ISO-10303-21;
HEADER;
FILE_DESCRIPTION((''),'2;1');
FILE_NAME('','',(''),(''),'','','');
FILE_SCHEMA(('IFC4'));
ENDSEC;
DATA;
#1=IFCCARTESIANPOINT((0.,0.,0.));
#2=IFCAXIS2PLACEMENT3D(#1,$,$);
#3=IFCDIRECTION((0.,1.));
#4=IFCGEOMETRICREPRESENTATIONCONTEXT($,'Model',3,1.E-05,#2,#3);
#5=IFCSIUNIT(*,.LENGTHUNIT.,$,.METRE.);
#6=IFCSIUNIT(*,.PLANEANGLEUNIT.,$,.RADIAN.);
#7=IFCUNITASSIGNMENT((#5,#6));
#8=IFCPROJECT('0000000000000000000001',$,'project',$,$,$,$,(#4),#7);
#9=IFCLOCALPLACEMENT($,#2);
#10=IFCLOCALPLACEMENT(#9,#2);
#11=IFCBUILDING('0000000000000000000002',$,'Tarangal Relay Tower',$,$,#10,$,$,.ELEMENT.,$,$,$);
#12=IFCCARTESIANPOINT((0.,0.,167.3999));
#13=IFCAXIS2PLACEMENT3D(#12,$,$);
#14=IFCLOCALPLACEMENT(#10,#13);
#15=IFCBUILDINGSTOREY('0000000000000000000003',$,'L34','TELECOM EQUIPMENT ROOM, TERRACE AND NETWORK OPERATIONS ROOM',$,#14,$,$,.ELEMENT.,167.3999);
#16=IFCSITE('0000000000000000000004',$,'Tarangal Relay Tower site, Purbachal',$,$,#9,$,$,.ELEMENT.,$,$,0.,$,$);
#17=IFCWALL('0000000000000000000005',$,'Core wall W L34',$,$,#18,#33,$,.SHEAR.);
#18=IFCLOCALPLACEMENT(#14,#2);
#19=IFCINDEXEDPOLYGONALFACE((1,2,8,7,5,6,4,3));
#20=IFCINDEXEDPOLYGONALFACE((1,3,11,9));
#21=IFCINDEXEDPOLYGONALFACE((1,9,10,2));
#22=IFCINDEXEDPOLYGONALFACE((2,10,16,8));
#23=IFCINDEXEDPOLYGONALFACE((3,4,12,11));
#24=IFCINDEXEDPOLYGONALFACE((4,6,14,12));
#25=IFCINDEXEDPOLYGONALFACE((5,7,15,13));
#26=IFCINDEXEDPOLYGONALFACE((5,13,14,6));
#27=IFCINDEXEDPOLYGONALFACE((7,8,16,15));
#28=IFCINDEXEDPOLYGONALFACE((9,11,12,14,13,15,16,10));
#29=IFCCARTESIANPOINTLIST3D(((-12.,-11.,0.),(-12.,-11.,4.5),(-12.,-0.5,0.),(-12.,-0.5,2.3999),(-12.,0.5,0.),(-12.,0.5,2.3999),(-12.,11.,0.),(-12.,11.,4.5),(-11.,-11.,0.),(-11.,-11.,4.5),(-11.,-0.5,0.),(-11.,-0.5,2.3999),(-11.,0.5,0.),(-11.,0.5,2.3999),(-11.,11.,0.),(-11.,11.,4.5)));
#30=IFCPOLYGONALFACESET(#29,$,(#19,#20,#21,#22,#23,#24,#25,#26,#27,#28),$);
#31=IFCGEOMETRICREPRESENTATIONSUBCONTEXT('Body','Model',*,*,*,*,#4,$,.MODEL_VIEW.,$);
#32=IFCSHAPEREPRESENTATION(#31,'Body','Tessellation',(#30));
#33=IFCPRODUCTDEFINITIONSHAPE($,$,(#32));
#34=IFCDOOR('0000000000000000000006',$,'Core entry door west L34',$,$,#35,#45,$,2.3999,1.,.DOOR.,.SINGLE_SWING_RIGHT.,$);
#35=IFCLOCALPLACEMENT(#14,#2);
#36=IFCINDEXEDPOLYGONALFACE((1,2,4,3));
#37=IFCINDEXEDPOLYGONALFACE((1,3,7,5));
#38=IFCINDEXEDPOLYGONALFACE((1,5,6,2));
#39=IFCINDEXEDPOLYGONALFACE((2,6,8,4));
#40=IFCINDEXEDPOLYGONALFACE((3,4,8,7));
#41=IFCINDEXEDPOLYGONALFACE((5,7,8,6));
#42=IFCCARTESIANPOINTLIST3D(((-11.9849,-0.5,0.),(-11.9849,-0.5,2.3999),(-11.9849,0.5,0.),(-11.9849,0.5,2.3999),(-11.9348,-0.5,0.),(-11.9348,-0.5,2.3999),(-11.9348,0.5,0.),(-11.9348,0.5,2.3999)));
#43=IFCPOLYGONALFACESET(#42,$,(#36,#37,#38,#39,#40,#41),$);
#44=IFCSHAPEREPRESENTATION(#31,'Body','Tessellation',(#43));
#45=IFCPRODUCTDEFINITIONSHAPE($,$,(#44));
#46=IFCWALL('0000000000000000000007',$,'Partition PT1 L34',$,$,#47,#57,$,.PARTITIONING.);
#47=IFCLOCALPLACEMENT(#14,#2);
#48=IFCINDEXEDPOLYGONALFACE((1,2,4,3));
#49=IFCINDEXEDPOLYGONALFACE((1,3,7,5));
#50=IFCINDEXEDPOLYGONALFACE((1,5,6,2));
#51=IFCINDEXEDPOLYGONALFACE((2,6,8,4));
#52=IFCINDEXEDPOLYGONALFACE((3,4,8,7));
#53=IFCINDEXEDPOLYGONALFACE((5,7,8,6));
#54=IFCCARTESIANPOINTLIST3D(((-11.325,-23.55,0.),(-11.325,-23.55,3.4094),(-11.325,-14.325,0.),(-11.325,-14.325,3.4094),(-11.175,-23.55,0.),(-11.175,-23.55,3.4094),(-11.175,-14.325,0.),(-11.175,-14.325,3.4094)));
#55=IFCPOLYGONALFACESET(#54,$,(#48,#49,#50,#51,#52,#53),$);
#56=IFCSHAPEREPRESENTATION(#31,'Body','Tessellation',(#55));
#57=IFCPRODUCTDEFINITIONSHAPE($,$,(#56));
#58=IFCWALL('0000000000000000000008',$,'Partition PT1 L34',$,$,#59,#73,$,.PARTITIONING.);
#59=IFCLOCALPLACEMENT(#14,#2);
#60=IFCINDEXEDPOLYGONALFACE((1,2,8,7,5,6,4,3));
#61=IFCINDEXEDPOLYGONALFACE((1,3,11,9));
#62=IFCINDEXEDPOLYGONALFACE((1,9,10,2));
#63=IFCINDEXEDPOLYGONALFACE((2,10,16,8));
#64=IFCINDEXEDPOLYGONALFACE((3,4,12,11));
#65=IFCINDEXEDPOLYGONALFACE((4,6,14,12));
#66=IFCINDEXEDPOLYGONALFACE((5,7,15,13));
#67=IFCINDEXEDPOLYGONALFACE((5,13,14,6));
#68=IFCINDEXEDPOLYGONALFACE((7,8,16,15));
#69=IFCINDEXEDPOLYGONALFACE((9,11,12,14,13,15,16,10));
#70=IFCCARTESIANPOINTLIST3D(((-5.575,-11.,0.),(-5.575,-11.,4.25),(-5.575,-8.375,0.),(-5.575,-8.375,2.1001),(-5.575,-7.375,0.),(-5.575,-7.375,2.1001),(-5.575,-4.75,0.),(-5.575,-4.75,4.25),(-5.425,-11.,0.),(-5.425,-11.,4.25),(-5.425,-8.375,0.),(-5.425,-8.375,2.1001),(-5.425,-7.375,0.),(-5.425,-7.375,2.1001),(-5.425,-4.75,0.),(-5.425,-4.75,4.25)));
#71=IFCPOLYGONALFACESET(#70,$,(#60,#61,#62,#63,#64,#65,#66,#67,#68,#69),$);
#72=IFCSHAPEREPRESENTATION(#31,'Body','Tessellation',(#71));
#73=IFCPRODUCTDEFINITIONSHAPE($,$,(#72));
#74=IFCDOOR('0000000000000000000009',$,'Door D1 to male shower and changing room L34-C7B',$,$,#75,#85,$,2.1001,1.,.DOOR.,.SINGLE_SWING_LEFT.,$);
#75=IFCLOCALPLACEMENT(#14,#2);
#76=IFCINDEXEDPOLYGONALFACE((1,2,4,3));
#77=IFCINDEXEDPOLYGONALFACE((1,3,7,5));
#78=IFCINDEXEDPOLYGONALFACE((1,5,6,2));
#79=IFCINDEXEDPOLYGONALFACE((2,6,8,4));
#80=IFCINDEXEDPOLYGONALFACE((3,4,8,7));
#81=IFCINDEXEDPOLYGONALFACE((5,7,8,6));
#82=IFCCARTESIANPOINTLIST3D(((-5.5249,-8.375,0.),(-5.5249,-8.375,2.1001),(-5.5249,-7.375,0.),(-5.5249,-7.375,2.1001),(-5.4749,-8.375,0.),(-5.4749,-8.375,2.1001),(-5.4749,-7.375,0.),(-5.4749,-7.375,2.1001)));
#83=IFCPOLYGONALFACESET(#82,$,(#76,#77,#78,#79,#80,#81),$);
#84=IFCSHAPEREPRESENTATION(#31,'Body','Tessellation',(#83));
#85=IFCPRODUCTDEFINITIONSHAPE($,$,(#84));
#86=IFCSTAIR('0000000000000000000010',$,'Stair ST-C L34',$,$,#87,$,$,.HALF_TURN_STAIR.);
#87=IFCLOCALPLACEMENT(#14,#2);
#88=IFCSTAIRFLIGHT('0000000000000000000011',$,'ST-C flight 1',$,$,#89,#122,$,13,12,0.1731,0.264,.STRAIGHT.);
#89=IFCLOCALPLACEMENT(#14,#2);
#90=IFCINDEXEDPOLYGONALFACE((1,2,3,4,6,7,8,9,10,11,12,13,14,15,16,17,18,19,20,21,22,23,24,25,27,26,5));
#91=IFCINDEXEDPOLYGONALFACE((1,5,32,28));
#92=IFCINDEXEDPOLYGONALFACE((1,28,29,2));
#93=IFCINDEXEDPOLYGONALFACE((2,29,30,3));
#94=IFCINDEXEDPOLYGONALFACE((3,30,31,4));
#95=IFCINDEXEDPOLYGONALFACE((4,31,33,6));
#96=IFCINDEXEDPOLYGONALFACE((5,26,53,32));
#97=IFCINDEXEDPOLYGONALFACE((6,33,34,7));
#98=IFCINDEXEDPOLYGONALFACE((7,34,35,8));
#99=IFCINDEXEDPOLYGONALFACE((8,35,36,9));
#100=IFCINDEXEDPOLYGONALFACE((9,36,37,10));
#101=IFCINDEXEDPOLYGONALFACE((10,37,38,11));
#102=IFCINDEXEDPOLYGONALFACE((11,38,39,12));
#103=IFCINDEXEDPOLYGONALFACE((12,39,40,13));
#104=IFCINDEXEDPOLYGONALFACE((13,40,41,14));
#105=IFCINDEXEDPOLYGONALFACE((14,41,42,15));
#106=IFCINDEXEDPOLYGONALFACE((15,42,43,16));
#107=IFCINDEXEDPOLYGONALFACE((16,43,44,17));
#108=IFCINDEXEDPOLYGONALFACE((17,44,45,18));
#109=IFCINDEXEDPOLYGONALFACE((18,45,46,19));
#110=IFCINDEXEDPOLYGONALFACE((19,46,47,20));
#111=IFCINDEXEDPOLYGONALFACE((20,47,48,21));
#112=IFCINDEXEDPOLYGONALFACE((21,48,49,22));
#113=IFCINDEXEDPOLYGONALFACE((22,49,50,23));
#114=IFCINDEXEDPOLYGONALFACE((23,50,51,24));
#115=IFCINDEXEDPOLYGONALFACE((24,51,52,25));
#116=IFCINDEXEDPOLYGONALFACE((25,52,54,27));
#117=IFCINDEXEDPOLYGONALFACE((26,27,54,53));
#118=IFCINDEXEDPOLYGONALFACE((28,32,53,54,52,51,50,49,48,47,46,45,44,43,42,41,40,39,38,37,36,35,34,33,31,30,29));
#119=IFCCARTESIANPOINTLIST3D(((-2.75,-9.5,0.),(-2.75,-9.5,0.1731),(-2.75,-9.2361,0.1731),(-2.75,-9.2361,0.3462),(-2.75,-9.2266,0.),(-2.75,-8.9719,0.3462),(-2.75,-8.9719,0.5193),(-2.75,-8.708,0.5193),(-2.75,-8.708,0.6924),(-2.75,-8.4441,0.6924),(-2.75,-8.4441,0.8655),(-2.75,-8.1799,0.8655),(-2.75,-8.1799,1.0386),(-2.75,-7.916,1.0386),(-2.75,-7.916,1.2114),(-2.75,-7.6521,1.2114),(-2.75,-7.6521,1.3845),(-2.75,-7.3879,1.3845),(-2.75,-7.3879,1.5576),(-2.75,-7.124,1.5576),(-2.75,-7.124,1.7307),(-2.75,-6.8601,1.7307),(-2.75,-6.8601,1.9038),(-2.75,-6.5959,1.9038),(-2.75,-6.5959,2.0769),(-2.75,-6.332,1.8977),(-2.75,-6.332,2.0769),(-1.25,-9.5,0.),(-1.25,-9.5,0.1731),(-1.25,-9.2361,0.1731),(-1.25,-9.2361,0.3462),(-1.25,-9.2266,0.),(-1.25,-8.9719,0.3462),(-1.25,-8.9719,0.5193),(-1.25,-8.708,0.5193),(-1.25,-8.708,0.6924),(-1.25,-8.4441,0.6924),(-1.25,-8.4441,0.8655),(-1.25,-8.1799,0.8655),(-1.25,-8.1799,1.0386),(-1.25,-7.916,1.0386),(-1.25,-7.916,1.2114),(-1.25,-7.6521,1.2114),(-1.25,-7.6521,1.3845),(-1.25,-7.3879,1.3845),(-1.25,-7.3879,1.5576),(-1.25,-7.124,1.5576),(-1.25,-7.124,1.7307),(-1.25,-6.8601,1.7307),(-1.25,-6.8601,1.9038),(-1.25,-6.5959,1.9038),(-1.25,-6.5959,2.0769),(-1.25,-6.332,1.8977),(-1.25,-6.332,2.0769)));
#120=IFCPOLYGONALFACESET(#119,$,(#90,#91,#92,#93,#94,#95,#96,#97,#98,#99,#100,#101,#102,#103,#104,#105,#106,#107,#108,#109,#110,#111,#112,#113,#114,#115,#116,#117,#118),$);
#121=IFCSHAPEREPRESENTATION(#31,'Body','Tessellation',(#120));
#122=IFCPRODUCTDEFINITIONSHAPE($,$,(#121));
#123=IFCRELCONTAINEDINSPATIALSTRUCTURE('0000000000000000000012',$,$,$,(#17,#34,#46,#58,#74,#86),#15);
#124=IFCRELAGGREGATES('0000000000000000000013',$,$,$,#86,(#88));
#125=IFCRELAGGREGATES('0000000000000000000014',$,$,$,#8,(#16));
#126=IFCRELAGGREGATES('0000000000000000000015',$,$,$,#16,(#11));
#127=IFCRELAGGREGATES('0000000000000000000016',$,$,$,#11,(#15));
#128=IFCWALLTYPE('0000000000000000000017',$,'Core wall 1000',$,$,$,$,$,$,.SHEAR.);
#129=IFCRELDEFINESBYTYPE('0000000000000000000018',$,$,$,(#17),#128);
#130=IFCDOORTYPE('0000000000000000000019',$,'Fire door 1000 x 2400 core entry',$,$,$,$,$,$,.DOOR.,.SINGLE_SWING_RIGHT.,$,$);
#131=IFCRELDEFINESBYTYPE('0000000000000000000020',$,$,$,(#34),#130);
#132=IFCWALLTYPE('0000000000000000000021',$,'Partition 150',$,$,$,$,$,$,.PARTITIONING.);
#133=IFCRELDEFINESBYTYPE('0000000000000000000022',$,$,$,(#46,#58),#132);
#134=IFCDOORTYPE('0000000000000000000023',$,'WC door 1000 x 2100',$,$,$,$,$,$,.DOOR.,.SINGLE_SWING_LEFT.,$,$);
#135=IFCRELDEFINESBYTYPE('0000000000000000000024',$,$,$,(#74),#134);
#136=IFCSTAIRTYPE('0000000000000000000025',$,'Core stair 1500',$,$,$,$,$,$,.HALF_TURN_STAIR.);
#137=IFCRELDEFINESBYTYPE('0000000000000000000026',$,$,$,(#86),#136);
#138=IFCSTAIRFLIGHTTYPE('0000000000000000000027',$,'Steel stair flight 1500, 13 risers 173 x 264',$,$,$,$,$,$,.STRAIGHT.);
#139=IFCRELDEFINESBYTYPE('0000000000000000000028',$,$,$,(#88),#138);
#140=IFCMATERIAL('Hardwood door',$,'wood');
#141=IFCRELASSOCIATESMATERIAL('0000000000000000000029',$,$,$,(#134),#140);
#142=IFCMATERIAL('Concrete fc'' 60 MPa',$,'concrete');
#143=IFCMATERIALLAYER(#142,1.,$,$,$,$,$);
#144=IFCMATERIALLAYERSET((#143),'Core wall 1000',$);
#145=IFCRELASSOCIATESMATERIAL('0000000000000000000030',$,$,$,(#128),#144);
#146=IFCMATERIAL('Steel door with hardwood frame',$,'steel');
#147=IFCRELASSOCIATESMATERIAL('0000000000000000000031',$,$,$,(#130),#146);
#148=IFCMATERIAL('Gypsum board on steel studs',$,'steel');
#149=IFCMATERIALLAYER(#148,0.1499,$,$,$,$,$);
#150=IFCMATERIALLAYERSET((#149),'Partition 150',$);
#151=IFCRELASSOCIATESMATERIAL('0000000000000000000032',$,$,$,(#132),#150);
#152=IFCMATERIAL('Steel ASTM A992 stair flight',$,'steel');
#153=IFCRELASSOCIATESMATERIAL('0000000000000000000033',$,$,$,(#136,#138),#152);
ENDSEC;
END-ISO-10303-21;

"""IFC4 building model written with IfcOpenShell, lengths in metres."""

from ifc_helpers import new_model, si_unit, direction, frame, frame_2d, origin, place, context, subcontext, project, spatial, polyline, rectangle, outline, extrude, material, layer, layer_set, type_object, element, fill, aggregate, save


model = new_model("IFC4")

# Units and contexts
model_context = context("Model", 3, precision=1e-05, world=origin(), true_north=direction((0.0, 1.0)))
body_context = subcontext(model_context, "Body", "Model", "MODEL_VIEW")
ifc_project = project(units=[si_unit("LENGTHUNIT", "METRE"), si_unit("PLANEANGLEUNIT", "RADIAN")], contexts=[model_context])

# Site, building, storey
site_placement = place(None, origin())
site = spatial("IfcSite", under=ifc_project, at=site_placement, Name="Tarangal Relay Tower site, Purbachal", CompositionType="ELEMENT", RefElevation=0.0)
building_placement = place(site_placement, origin())
building = spatial("IfcBuilding", under=site, at=building_placement, Name="Tarangal Relay Tower", CompositionType="ELEMENT")
storey_placement = place(building_placement, frame((0.0, 0.0, 167.3999)))
storey = spatial("IfcBuildingStorey", under=building, at=storey_placement, Name="L34", Description="TELECOM EQUIPMENT ROOM, TERRACE AND NETWORK OPERATIONS ROOM", CompositionType="ELEMENT", Elevation=167.3999)

# Shared definitions
ifc_material_1 = material(Name="Concrete fc' 60 MPa", Category="concrete")

# Shared definitions
ifc_material_2 = material(Name="Hardwood door", Category="wood")
door_type_1 = type_object("IfcDoorType", Name="WC door 1000 x 2100", OperationType="SINGLE_SWING_LEFT", PredefinedType="DOOR", material=ifc_material_2)

# Wall, opening, door
ifc_layer_1 = layer(ifc_material_1, 1.0)
ifc_layer_set_1 = layer_set([ifc_layer_1], Name="Core wall 1000")
wall_type_1 = type_object("IfcWallType", Name="Core wall 1000", PredefinedType="SHEAR", material=ifc_layer_set_1)
wall_1_placement = place(storey_placement, frame((-11.5, -11.0, 0.0), z_axis=(0.0, 0.0, 1.0), x_axis=(0.0, 1.0, 0.0)))
wall_1 = element("IfcWall", 1, at=wall_1_placement, inside=storey, type_object=wall_type_1, Name="Core wall W L34", PredefinedType="SHEAR", context=body_context, shape_type="SweptSolid", body=[
    extrude(rectangle(XDim=22.0, YDim=1.0, at=frame_2d((11.0, 0.0))), origin(), (0.0, 0.0, 1.0), 4.5),
])
opening_1_placement = place(wall_1_placement, frame((10.5, 0.0, 0.0)))
opening_1 = element("IfcOpeningElement", 2, at=opening_1_placement, cuts=wall_1, PredefinedType="OPENING", context=body_context, shape_type="SweptSolid", body=[
    extrude(rectangle(XDim=1.0, YDim=2.3999, at=frame_2d((0.5, 1.2))), frame((0.0, 0.51, 0.0), z_axis=(0.0, -1.0, 0.0), x_axis=(1.0, 0.0, 0.0)), (0.0, 0.0, 1.0), 1.02),
])
ifc_material_3 = material(Name="Steel door with hardwood frame", Category="steel")
door_type_2 = type_object("IfcDoorType", Name="Fire door 1000 x 2400 core entry", OperationType="SINGLE_SWING_RIGHT", PredefinedType="DOOR", material=ifc_material_3)
door_1_placement = place(opening_1_placement, origin())
door_1 = element("IfcDoor", 3, at=door_1_placement, inside=storey, type_object=door_type_2, Name="Core entry door west L34", OperationType="SINGLE_SWING_RIGHT", OverallHeight=2.3999, OverallWidth=1.0, PredefinedType="DOOR", context=body_context, shape_type="SweptSolid", body=[
    extrude(rectangle(XDim=1.0, YDim=2.3999, at=frame_2d((0.5, 1.2))), frame((0.0, 0.4849, 0.0), z_axis=(0.0, -1.0, 0.0), x_axis=(1.0, 0.0, 0.0)), (0.0, 0.0, 1.0), 0.05),
])
fill(opening_1, door_1)

# Wall
ifc_material_4 = material(Name="Gypsum board on steel studs", Category="steel")
ifc_layer_2 = layer(ifc_material_4, 0.1499)
ifc_layer_set_2 = layer_set([ifc_layer_2], Name="Partition 150")
wall_type_2 = type_object("IfcWallType", Name="Partition 150", PredefinedType="PARTITIONING", material=ifc_layer_set_2)
wall_2_placement = place(storey_placement, frame((-11.25, -23.55, 0.0), z_axis=(0.0, 0.0, 1.0), x_axis=(0.0, 1.0, 0.0)))
element("IfcWall", 4, at=wall_2_placement, inside=storey, type_object=wall_type_2, Name="Partition PT1 L34", PredefinedType="PARTITIONING", context=body_context, shape_type="SweptSolid", body=[
    extrude(rectangle(XDim=9.2251, YDim=0.1499, at=frame_2d((4.6125, 0.0))), origin(), (0.0, 0.0, 1.0), 3.4094),
])

# Wall, opening, door
wall_3_placement = place(storey_placement, frame((-5.5, -11.0, 0.0), z_axis=(0.0, 0.0, 1.0), x_axis=(0.0, 1.0, 0.0)))
wall_3 = element("IfcWall", 5, at=wall_3_placement, inside=storey, type_object=wall_type_2, Name="Partition PT1 L34", PredefinedType="PARTITIONING", context=body_context, shape_type="SweptSolid", body=[
    extrude(rectangle(XDim=6.25, YDim=0.1499, at=frame_2d((3.125, 0.0))), origin(), (0.0, 0.0, 1.0), 4.25),
])
opening_2_placement = place(wall_3_placement, frame((2.625, 0.0, 0.0)))
opening_2 = element("IfcOpeningElement", 6, at=opening_2_placement, cuts=wall_3, PredefinedType="OPENING", context=body_context, shape_type="SweptSolid", body=[
    extrude(rectangle(XDim=1.0, YDim=2.1001, at=frame_2d((0.5, 1.05))), frame((0.0, 0.085, 0.0), z_axis=(0.0, -1.0, 0.0), x_axis=(1.0, 0.0, 0.0)), (0.0, 0.0, 1.0), 0.1699),
])
door_2_placement = place(opening_2_placement, origin())
door_2 = element("IfcDoor", 7, at=door_2_placement, inside=storey, type_object=door_type_1, Name="Door D1 to male shower and changing room L34-C7B", OperationType="SINGLE_SWING_LEFT", OverallHeight=2.1001, OverallWidth=1.0, PredefinedType="DOOR", context=body_context, shape_type="SweptSolid", body=[
    extrude(rectangle(XDim=1.0, YDim=2.1001, at=frame_2d((0.5, 1.05))), frame((0.0, 0.0249, 0.0), z_axis=(0.0, -1.0, 0.0), x_axis=(1.0, 0.0, 0.0)), (0.0, 0.0, 1.0), 0.05),
])
fill(opening_2, door_2)

# Stair, stair flight
ifc_material_5 = material(Name="Steel ASTM A992 stair flight", Category="steel")
stair_type = type_object("IfcStairType", Name="Core stair 1500", PredefinedType="HALF_TURN_STAIR", material=ifc_material_5)
stair_placement = place(storey_placement, origin())
stair = element("IfcStair", 8, at=stair_placement, inside=storey, type_object=stair_type, Name="Stair ST-C L34", PredefinedType="HALF_TURN_STAIR")
stair_flight_type = type_object("IfcStairFlightType", Name="Steel stair flight 1500, 13 risers 173 x 264", PredefinedType="STRAIGHT", material=ifc_material_5)
stair_flight_placement = place(storey_placement, frame((-2.0, -9.5, 0.0), z_axis=(0.0, 0.0, 1.0), x_axis=(0.0, 1.0, 0.0)))
stair_flight = element("IfcStairFlight", 9, at=stair_flight_placement, type_object=stair_flight_type, Name="ST-C flight 1", NumberOfRisers=13, NumberOfTreads=12, PredefinedType="STRAIGHT", RiserHeight=0.1731, TreadLength=0.264, context=body_context, shape_type="SweptSolid", body=[
    extrude(outline(polyline([(0.0, 0.0), (0.0, 0.1731), (0.2639, 0.1731), (0.2639, 0.3462), (0.5281, 0.3462), (0.5281, 0.5193), (0.792, 0.5193), (0.792, 0.6924), (1.0559, 0.6924), (1.0559, 0.8655), (1.3201, 0.8655), (1.3201, 1.0386), (1.584, 1.0386), (1.584, 1.2114), (1.8479, 1.2114), (1.8479, 1.3845), (2.1121, 1.3845), (2.1121, 1.5576), (2.376, 1.5576), (2.376, 1.7307), (2.6399, 1.7307), (2.6399, 1.9038), (2.9041, 1.9038), (2.9041, 2.0769), (3.168, 2.0769), (3.168, 2.25), (3.168, 1.8977), (0.2734, 0.0), (0.0, 0.0)])), frame((0.0, 0.75, 0.0), z_axis=(0.0, -1.0, 0.0), x_axis=(1.0, 0.0, 0.0)), (0.0, 0.0, 1.0), 1.5),
])
aggregate(stair, [stair_flight])

save(model, "model.ifc")
